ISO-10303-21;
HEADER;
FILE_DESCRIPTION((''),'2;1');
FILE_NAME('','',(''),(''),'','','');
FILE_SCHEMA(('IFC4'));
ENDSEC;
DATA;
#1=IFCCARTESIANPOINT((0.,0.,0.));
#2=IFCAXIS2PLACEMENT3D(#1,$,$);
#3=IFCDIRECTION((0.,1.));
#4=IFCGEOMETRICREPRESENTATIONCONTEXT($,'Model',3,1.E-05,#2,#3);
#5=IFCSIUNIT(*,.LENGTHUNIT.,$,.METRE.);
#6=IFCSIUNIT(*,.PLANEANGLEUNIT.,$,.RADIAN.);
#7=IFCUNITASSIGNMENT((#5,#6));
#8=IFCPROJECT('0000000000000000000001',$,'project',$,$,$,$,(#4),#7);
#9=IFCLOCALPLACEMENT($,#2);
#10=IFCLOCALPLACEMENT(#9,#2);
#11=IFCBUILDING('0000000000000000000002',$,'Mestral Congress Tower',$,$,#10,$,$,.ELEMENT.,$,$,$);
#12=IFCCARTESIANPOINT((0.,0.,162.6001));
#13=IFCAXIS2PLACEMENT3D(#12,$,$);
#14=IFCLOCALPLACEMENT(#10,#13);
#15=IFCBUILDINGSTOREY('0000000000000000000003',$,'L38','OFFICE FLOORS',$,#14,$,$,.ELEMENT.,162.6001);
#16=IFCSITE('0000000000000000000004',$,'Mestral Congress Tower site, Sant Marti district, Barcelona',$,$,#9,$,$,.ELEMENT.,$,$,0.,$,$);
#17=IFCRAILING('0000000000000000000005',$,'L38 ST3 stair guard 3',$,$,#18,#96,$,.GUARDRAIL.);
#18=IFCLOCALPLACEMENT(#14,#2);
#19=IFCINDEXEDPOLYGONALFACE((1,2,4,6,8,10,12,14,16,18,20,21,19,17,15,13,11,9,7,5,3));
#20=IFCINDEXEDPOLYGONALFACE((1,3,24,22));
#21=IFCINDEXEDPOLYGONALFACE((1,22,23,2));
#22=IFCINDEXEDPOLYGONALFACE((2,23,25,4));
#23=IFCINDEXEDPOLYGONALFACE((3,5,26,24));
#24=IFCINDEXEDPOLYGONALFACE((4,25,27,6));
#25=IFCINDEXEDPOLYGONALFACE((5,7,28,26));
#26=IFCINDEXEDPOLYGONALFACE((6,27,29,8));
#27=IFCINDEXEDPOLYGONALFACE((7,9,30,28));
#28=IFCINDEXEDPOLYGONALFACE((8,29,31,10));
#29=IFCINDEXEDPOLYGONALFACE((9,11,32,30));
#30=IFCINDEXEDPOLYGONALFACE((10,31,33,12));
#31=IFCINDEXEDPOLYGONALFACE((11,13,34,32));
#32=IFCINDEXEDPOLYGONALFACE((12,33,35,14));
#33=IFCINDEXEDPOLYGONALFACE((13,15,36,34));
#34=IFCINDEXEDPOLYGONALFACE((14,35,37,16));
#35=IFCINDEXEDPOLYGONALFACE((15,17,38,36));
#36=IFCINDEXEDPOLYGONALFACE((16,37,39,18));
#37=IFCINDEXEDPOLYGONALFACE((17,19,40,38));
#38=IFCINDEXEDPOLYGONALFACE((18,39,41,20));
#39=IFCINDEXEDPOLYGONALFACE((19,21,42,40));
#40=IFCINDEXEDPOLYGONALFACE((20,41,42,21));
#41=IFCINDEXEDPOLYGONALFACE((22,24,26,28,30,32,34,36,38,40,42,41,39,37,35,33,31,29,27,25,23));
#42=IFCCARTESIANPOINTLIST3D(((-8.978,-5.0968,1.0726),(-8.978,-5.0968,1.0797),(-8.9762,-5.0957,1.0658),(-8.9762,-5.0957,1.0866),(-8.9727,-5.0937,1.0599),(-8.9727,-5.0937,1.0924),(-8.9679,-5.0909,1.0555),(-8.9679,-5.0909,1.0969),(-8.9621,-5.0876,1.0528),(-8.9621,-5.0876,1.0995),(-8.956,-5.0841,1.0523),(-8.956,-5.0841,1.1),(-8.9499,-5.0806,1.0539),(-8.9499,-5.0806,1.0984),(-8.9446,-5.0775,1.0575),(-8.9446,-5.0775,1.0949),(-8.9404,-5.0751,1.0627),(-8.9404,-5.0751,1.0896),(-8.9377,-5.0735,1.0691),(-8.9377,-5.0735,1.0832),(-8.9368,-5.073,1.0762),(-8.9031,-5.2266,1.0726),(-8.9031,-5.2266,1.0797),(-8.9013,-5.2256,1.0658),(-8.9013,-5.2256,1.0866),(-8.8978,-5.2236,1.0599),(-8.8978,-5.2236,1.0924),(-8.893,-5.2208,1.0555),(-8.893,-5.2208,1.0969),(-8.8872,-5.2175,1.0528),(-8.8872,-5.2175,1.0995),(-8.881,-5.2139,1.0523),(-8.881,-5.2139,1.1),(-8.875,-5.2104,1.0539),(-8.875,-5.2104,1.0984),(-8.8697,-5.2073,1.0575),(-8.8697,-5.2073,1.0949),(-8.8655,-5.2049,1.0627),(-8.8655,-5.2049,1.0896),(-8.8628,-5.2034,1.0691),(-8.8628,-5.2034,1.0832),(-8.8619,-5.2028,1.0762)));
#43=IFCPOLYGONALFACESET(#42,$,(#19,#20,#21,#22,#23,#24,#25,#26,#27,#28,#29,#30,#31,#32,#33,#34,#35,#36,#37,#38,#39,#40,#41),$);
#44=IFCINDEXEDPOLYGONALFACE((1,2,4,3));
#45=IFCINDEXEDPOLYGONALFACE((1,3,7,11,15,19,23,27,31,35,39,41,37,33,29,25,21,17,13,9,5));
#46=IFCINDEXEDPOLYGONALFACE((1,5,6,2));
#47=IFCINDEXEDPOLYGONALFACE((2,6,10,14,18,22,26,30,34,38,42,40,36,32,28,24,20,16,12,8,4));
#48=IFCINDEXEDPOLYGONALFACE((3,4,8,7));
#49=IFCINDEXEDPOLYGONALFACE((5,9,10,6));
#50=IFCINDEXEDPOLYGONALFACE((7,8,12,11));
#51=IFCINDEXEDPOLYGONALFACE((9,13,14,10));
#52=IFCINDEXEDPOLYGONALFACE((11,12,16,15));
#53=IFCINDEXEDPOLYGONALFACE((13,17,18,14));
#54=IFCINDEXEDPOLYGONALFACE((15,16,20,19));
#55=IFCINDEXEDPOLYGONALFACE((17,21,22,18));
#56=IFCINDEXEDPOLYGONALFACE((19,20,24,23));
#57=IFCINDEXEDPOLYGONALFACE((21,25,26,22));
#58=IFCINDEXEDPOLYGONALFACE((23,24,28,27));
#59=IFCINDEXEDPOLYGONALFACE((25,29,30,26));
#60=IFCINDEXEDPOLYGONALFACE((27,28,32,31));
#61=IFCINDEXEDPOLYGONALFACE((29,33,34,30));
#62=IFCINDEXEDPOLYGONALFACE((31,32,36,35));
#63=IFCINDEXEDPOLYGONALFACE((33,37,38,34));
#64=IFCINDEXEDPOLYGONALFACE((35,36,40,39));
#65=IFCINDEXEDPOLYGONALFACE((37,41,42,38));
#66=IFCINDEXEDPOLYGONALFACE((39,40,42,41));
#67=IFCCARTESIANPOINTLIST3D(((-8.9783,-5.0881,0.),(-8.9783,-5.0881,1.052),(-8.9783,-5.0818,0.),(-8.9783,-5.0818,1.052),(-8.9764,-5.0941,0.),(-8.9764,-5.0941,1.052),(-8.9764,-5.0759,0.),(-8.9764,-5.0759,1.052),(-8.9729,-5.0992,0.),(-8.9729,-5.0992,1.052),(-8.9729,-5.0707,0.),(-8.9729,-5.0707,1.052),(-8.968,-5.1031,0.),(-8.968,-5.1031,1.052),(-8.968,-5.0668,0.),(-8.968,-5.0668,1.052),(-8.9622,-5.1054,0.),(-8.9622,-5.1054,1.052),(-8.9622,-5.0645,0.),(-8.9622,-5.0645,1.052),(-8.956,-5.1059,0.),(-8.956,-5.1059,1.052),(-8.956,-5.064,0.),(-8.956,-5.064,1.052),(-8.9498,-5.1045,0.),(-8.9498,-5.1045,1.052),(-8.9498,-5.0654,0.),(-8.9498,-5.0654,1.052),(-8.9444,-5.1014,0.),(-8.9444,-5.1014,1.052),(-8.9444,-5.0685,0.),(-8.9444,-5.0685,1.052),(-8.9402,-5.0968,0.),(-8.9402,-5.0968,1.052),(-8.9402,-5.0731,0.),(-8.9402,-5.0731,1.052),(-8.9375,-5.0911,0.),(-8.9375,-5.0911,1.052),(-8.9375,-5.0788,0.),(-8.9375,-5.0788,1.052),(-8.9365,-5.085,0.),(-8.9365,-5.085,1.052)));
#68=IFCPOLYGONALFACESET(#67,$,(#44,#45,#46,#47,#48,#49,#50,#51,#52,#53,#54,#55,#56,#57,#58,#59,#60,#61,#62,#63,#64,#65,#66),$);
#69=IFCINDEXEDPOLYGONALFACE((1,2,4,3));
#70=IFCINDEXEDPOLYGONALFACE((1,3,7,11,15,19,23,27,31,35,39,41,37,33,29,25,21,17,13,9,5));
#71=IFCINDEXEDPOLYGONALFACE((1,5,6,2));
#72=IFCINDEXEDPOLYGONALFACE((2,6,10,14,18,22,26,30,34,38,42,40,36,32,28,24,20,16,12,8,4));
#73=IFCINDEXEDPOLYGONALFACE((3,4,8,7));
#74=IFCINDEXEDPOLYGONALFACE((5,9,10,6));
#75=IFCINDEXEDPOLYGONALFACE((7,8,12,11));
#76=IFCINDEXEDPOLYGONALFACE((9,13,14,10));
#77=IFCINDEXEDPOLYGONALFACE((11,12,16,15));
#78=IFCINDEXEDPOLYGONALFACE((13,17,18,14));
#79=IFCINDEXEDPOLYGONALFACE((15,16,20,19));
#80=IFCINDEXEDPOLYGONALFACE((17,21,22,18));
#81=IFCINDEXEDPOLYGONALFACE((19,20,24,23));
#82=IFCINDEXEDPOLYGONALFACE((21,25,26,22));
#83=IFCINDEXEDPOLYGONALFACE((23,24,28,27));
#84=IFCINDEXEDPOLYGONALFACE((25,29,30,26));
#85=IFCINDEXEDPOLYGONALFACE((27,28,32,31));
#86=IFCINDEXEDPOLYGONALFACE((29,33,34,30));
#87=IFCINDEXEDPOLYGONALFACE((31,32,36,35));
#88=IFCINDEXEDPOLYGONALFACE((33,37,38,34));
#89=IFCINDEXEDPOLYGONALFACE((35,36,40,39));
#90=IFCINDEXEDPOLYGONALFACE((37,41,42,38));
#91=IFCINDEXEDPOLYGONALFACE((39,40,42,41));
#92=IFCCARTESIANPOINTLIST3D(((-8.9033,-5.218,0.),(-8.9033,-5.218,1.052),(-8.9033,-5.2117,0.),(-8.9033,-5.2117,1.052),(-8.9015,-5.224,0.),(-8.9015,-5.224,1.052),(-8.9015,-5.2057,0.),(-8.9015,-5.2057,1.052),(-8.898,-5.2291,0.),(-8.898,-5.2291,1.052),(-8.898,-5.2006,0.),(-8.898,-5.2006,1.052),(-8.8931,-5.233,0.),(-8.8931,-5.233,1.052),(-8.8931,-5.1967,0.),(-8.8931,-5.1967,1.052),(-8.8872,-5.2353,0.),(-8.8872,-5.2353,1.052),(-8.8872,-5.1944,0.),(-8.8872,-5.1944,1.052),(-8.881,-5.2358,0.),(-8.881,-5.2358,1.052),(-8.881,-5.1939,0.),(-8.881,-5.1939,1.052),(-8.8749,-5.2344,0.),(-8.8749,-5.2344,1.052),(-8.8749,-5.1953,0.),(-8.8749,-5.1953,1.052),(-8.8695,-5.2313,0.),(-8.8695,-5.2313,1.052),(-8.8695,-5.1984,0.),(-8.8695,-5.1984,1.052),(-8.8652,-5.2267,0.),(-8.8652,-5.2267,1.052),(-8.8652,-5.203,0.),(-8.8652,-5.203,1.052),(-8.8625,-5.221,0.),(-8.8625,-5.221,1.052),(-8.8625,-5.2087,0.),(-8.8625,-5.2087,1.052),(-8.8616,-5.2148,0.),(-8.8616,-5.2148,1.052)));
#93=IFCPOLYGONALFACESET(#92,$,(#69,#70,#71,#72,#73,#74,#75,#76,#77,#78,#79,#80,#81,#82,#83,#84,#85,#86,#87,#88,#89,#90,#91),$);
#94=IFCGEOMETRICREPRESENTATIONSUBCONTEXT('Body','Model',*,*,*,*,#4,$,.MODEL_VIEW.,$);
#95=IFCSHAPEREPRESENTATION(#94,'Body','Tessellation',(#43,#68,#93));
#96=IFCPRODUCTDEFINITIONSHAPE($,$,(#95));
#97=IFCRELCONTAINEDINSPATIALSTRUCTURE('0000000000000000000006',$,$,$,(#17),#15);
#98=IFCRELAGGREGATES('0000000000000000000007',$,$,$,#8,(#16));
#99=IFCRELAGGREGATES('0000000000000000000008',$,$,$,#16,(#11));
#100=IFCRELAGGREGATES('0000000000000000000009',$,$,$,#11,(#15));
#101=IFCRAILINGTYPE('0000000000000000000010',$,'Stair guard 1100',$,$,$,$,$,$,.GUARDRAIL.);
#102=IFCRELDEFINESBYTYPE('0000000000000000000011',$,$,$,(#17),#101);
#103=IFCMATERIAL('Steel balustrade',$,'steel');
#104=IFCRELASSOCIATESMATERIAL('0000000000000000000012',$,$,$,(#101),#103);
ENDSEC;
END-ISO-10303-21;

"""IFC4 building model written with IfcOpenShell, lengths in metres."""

from ifc_helpers import new_model, si_unit, direction, frame, origin, origin_2d, place, context, subcontext, project, spatial, circle, extrude, material, type_object, element, save


model = new_model("IFC4")

# Units and contexts
model_context = context("Model", 3, precision=1e-05, world=origin(), true_north=direction((0.0, 1.0)))
body_context = subcontext(model_context, "Body", "Model", "MODEL_VIEW")
ifc_project = project(units=[si_unit("LENGTHUNIT", "METRE"), si_unit("PLANEANGLEUNIT", "RADIAN")], contexts=[model_context])

# Site, building, storey
site_placement = place(None, origin())
site = spatial("IfcSite", under=ifc_project, at=site_placement, Name="Mestral Congress Tower site, Sant Marti district, Barcelona", CompositionType="ELEMENT", RefElevation=0.0)
building_placement = place(site_placement, origin())
building = spatial("IfcBuilding", under=site, at=building_placement, Name="Mestral Congress Tower", CompositionType="ELEMENT")
storey_placement = place(building_placement, frame((0.0, 0.0, 162.6001)))
storey = spatial("IfcBuildingStorey", under=building, at=storey_placement, Name="L38", Description="OFFICE FLOORS", CompositionType="ELEMENT", Elevation=162.6001)

# Railing
ifc_material_1 = material(Name="Steel balustrade", Category="steel")
railing_type_1 = type_object("IfcRailingType", Name="Stair guard 1100", PredefinedType="GUARDRAIL", material=ifc_material_1)
railing_1_placement = place(storey_placement, frame((-8.9575, -5.085, 0.0)))
element("IfcRailing", 1, at=railing_1_placement, inside=storey, type_object=railing_type_1, Name="L38 ST3 stair guard 3", PredefinedType="GUARDRAIL", context=body_context, shape_type="SweptSolid", body=[
    extrude(circle(Radius=0.0239, at=origin_2d()), frame((0.0, 0.0, 1.0762), z_axis=(0.499816, -0.866131, 0.0), x_axis=(0.866131, 0.499816, 0.0)), (0.0, 0.0, 1.0), 0.1499),
    extrude(circle(Radius=0.021, at=origin_2d()), origin(), (0.0, 0.0, 1.0), 1.052),
    extrude(circle(Radius=0.021, at=origin_2d()), frame((0.075, -0.1299, 0.0)), (0.0, 0.0, 1.0), 1.052),
])

save(model, "model.ifc")
